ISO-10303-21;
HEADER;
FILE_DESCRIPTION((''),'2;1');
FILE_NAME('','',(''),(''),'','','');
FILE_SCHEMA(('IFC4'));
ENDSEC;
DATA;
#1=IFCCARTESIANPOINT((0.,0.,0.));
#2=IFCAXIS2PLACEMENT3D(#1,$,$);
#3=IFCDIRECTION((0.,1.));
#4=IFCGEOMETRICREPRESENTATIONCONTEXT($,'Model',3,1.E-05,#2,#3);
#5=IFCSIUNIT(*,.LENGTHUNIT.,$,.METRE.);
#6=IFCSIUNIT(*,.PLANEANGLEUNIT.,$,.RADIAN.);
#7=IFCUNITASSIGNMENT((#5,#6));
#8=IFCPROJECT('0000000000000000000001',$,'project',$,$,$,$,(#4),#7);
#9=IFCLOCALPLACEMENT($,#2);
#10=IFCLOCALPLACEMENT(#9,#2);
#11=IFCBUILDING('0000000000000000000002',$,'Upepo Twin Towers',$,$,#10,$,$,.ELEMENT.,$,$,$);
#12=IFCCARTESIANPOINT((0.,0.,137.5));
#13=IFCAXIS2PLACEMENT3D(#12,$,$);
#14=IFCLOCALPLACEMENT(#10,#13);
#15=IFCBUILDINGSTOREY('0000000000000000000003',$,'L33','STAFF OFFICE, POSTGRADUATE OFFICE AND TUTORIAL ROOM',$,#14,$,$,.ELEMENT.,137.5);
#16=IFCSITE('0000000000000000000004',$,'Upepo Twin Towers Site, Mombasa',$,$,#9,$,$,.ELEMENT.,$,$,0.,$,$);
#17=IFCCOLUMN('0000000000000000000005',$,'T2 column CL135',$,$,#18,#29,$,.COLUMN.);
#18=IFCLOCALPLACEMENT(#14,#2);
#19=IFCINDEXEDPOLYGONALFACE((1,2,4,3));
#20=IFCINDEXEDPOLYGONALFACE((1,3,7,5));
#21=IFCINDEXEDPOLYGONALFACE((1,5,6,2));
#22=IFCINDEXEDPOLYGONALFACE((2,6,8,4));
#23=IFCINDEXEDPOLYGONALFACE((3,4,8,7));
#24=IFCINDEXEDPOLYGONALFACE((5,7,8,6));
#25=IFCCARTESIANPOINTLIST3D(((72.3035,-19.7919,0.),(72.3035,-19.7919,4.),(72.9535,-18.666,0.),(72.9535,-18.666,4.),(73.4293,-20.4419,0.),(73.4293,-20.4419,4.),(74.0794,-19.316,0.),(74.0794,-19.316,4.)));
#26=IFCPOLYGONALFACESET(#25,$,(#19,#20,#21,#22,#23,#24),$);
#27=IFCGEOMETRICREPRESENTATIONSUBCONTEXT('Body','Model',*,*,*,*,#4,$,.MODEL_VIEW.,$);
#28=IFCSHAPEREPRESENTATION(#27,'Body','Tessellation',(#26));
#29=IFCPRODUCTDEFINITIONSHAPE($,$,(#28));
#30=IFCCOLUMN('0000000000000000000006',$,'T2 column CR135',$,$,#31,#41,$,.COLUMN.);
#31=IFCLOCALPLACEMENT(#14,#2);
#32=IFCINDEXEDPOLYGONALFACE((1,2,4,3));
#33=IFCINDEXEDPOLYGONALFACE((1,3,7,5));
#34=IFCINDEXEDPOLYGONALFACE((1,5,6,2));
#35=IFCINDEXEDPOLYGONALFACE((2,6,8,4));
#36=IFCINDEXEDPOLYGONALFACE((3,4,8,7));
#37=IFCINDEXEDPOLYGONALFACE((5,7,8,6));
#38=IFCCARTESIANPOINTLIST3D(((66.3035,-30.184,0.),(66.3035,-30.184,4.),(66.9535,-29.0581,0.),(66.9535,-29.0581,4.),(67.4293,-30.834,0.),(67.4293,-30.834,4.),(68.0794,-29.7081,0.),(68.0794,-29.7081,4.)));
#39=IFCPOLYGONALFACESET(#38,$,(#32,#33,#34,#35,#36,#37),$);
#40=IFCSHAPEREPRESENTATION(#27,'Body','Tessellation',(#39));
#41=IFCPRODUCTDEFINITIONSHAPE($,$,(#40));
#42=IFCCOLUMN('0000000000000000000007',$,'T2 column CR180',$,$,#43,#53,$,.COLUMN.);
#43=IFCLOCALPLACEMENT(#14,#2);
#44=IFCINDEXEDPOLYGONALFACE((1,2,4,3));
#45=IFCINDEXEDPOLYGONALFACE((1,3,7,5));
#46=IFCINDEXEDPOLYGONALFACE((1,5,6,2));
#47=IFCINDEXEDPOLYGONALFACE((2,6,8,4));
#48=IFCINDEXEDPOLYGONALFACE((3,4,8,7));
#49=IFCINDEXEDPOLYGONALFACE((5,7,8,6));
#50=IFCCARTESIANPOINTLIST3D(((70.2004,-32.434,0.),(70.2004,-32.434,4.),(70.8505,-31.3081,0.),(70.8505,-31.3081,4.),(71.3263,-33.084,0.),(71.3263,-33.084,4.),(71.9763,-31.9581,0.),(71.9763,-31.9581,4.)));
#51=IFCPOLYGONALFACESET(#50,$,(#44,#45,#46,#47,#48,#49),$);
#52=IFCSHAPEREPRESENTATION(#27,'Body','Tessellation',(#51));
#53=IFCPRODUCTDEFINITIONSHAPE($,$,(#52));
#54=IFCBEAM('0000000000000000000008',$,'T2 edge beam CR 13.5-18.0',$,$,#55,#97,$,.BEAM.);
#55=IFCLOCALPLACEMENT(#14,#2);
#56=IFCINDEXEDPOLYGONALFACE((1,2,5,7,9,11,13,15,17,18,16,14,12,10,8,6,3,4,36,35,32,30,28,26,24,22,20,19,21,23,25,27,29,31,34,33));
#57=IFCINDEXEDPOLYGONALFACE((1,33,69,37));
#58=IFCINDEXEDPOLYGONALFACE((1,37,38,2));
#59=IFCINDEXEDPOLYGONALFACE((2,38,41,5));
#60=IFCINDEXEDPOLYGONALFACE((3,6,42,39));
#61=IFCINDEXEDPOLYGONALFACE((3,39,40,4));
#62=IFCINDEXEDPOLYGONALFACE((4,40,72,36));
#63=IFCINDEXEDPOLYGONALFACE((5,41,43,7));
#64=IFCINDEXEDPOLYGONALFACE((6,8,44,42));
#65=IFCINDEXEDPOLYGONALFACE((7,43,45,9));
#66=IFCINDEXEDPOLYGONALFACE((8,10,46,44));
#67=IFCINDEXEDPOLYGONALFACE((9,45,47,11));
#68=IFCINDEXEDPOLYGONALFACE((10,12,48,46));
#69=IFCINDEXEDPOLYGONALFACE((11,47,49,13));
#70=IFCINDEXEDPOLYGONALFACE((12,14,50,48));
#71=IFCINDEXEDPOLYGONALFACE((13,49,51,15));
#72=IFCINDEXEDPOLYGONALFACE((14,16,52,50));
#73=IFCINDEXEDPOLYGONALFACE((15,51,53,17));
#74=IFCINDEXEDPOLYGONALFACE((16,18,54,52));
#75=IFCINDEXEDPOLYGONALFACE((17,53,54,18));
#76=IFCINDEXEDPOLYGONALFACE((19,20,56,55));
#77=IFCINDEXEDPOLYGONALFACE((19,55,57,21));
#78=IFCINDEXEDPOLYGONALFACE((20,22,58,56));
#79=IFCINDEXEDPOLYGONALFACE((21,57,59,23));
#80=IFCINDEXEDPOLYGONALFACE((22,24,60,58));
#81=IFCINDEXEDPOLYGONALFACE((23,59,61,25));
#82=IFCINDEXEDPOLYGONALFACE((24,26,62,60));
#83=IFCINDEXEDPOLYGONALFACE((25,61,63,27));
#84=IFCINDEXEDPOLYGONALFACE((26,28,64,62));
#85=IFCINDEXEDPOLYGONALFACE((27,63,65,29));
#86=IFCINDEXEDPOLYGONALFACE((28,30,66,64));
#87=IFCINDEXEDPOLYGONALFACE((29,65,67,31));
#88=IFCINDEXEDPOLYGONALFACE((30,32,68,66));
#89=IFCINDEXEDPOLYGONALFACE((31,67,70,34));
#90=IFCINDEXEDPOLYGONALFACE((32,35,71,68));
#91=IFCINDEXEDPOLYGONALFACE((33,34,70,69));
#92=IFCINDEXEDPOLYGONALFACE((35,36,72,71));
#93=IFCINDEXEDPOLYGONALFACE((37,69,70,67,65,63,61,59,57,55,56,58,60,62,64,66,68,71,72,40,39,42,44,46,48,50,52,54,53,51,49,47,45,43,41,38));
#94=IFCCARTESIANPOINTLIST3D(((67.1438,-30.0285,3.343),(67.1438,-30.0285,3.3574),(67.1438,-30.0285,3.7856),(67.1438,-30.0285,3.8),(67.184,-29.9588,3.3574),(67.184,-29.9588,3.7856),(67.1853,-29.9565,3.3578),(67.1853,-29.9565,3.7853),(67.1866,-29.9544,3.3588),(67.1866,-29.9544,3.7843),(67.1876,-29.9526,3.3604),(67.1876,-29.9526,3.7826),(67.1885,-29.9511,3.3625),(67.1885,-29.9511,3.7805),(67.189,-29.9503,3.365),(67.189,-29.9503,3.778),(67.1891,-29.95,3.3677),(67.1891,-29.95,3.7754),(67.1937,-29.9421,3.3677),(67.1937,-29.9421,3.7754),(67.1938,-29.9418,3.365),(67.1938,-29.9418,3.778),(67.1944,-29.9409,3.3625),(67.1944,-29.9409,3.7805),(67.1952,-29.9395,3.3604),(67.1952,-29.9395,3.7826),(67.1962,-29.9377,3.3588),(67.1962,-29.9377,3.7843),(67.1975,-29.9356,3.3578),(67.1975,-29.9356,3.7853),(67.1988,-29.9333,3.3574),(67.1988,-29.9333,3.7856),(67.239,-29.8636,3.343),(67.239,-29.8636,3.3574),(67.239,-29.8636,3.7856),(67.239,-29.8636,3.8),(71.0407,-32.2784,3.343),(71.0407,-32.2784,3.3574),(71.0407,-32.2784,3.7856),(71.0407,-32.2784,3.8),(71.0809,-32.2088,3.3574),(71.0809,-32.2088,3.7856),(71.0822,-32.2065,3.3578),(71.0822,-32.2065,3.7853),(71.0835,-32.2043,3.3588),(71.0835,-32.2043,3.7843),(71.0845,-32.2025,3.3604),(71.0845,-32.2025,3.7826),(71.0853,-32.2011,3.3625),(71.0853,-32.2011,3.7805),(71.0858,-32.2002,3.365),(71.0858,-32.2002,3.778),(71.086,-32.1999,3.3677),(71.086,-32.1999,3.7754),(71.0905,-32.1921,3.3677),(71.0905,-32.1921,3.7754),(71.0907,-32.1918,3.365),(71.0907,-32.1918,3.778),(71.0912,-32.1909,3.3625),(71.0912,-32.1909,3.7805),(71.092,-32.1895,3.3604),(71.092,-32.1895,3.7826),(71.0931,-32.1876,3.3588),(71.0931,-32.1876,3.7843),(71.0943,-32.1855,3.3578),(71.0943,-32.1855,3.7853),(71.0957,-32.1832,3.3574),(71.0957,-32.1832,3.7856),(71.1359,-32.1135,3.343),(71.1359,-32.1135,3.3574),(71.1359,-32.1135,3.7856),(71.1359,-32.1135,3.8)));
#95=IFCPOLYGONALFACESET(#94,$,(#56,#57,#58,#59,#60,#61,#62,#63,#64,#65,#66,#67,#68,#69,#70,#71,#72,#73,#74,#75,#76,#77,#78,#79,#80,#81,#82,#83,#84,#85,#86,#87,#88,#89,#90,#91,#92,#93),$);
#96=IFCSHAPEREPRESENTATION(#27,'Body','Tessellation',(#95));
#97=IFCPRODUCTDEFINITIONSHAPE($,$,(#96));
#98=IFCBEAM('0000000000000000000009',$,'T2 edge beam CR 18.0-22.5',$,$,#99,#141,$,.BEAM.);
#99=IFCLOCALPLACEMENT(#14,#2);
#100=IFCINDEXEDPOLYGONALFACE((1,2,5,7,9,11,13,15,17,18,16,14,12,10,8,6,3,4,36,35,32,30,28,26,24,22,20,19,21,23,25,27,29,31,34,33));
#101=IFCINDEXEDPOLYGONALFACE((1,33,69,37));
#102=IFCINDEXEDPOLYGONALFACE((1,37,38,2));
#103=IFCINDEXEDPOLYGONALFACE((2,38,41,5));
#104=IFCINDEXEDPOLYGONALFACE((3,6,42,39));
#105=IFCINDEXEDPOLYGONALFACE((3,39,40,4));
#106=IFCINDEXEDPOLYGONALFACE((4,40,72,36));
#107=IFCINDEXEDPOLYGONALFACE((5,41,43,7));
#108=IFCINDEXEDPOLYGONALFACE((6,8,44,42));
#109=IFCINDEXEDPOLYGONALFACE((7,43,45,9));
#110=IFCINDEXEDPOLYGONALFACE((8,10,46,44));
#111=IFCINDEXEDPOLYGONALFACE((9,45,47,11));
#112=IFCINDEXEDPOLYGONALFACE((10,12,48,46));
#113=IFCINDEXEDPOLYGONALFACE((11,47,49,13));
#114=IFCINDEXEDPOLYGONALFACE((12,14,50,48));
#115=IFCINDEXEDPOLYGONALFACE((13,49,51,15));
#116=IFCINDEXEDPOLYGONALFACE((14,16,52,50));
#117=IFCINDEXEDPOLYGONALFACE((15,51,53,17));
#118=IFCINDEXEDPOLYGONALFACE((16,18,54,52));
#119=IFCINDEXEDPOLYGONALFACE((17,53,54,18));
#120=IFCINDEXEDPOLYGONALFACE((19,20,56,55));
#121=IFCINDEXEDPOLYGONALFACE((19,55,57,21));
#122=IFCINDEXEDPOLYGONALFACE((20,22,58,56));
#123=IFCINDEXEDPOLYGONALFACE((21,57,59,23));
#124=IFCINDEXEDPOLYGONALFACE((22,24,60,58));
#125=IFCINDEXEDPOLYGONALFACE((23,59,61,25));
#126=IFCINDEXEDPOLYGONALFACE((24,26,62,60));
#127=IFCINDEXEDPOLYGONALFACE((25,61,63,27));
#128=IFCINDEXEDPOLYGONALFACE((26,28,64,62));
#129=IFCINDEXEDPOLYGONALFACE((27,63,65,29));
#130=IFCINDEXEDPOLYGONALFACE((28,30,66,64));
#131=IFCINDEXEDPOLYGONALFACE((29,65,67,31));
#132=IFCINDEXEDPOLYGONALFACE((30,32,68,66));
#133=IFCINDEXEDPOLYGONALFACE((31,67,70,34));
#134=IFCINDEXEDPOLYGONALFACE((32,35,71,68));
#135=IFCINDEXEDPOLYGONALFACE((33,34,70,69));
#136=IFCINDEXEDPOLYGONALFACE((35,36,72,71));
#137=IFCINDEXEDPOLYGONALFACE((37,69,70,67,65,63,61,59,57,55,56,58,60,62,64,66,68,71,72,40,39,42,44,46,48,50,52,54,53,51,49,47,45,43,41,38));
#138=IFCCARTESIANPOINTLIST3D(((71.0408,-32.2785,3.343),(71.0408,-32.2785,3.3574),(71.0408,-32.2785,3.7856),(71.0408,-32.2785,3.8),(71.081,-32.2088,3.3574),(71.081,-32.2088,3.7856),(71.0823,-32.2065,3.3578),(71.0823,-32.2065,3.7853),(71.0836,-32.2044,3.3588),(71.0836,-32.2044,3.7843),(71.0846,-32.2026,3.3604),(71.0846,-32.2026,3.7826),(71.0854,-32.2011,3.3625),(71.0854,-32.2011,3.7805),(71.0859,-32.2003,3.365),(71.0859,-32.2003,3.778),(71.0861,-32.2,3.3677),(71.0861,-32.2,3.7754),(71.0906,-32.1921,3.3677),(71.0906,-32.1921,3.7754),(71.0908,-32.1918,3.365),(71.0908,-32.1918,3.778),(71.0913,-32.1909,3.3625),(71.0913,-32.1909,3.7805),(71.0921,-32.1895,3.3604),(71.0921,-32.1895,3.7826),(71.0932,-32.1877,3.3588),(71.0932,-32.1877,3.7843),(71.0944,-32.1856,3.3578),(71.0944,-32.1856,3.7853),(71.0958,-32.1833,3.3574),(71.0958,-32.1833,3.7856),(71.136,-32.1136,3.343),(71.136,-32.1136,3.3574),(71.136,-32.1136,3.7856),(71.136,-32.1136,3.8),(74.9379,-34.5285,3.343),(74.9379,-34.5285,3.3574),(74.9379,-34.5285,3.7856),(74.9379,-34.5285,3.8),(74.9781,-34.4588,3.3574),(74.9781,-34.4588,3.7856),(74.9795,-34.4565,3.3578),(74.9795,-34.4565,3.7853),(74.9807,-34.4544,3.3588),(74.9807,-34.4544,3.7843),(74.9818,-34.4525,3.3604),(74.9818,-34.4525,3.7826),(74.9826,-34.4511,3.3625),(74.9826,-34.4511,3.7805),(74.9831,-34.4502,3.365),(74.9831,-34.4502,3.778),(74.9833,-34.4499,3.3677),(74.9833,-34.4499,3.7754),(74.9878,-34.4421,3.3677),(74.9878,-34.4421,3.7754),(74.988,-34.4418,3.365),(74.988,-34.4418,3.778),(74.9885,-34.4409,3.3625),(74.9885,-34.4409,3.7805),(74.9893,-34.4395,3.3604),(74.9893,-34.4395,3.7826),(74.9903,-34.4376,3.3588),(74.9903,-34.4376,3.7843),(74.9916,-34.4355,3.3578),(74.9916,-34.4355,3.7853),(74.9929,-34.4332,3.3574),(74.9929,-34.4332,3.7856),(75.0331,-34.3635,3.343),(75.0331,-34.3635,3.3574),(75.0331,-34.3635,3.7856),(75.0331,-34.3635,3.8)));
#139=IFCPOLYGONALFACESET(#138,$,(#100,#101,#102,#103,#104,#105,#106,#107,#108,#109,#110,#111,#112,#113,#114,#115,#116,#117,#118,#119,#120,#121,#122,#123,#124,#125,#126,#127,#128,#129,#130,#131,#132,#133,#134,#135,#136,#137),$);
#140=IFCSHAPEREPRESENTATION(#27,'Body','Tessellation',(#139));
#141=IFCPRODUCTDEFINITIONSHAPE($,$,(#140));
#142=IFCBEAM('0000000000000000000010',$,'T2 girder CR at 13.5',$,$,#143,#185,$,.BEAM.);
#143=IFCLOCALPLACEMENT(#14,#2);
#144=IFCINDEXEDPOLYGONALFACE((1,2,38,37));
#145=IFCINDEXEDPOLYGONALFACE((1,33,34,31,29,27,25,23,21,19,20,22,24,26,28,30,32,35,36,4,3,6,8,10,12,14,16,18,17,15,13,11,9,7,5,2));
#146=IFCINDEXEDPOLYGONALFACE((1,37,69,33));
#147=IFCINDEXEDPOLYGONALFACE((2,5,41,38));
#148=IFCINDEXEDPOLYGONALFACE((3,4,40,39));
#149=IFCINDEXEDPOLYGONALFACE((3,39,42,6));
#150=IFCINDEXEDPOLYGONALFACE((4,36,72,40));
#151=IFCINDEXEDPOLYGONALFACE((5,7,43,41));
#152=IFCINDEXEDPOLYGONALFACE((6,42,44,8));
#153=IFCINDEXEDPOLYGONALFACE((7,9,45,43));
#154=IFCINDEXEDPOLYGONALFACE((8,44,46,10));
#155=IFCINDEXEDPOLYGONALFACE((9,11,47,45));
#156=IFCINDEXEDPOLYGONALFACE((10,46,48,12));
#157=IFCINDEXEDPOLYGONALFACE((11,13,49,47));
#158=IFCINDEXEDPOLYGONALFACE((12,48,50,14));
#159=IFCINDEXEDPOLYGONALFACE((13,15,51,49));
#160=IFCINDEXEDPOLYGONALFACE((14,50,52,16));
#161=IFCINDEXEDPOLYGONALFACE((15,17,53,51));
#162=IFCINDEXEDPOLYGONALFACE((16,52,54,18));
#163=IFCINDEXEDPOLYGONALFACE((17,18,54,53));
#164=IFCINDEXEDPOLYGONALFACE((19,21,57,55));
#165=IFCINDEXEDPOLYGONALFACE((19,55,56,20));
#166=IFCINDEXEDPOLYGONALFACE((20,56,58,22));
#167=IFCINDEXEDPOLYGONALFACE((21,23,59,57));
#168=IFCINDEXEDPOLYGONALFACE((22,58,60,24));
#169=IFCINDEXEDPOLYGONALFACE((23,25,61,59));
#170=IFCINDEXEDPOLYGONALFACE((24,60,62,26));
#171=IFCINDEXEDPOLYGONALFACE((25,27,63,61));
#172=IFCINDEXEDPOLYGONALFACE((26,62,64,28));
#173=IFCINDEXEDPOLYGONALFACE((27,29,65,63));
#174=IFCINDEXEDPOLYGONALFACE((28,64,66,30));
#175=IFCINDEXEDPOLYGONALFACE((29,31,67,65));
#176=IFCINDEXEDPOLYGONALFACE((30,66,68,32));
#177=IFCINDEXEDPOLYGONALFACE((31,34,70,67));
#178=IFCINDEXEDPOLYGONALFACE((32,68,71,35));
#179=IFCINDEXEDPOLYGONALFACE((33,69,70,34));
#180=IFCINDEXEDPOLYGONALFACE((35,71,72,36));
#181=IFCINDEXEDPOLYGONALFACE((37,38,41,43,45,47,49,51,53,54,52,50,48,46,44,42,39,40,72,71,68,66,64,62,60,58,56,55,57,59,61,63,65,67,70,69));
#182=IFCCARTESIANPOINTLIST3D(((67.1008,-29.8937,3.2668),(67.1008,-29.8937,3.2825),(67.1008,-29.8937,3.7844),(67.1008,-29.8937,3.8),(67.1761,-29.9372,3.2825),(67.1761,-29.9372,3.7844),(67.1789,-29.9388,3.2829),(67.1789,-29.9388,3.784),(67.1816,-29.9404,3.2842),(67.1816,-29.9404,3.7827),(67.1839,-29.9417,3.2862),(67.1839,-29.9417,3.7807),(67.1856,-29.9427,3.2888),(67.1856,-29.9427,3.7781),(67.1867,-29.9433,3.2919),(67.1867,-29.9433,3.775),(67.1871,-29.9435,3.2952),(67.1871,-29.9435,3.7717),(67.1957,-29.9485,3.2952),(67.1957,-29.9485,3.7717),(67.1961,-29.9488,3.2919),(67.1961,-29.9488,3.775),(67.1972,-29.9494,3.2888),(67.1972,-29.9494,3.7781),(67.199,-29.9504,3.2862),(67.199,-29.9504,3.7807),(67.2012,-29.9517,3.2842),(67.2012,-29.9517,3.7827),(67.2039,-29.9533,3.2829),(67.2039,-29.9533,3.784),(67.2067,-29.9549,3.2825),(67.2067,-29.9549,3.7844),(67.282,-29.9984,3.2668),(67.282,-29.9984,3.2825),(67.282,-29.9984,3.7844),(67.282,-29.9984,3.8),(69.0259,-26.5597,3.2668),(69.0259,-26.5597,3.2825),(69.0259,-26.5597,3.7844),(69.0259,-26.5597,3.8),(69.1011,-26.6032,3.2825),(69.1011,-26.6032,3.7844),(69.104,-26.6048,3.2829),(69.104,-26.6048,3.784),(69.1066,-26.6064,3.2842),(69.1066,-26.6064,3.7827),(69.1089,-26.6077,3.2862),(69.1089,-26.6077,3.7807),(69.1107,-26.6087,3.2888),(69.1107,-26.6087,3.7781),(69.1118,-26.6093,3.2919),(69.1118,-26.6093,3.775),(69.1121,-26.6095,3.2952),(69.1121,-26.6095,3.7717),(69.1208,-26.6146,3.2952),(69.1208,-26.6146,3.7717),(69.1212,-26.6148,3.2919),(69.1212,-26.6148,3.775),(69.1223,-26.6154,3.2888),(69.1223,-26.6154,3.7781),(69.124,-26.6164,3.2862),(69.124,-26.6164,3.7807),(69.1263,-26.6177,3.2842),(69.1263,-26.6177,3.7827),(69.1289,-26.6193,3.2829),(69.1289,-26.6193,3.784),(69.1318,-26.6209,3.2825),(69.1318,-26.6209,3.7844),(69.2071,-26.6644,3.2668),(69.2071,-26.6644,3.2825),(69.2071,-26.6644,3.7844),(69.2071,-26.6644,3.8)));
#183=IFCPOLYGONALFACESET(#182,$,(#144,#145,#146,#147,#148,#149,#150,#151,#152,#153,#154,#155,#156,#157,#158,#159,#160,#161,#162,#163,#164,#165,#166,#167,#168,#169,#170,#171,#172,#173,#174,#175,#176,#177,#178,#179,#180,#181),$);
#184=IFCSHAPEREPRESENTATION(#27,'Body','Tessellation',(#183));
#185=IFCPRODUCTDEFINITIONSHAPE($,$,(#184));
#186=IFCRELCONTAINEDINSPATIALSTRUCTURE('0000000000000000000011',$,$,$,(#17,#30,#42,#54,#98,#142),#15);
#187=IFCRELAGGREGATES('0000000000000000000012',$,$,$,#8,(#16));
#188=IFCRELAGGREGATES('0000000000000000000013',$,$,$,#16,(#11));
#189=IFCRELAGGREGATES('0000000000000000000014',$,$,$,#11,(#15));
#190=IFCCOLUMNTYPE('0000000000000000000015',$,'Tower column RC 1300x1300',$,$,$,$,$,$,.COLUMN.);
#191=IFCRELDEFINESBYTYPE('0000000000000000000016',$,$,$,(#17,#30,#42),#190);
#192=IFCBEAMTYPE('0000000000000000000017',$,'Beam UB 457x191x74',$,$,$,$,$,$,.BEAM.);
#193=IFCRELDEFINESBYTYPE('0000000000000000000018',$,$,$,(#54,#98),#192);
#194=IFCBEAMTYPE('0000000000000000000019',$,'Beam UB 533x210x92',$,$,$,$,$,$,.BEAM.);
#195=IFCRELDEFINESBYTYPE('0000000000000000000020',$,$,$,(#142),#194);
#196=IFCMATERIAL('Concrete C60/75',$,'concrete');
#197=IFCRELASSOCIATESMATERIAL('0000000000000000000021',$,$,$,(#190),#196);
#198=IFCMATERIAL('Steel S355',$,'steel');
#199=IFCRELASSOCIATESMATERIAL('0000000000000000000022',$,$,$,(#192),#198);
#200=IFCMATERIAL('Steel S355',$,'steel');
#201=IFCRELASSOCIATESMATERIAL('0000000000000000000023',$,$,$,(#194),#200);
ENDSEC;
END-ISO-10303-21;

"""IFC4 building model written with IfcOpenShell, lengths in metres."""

from ifc_helpers import new_model, si_unit, direction, frame, origin, origin_2d, place, context, subcontext, project, spatial, rectangle, i_section, extrude, material, material_profile, profile_set, type_object, element, save


model = new_model("IFC4")

# Units and contexts
model_context = context("Model", 3, precision=1e-05, world=origin(), true_north=direction((0.0, 1.0)))
body_context = subcontext(model_context, "Body", "Model", "MODEL_VIEW")
ifc_project = project(units=[si_unit("LENGTHUNIT", "METRE"), si_unit("PLANEANGLEUNIT", "RADIAN")], contexts=[model_context])

# Site, building, storey
site_placement = place(None, origin())
site = spatial("IfcSite", under=ifc_project, at=site_placement, Name="Upepo Twin Towers Site, Mombasa", CompositionType="ELEMENT", RefElevation=0.0)
building_placement = place(site_placement, origin())
building = spatial("IfcBuilding", under=site, at=building_placement, Name="Upepo Twin Towers", CompositionType="ELEMENT")
storey_placement = place(building_placement, frame((0.0, 0.0, 137.5)))
storey = spatial("IfcBuildingStorey", under=building, at=storey_placement, Name="L33", Description="STAFF OFFICE, POSTGRADUATE OFFICE AND TUTORIAL ROOM", CompositionType="ELEMENT", Elevation=137.5)

# Columns
ifc_material_1 = material(Name="Concrete C60/75", Category="concrete")
ifc_material_profile_1 = material_profile(ifc_material_1, rectangle(XDim=1.3, YDim=1.3, at=origin_2d()), Name="RC 1300x1300")
ifc_profile_set_1 = profile_set([ifc_material_profile_1], Name="Concrete C60/75")
column_type = type_object("IfcColumnType", Name="Tower column RC 1300x1300", PredefinedType="COLUMN", material=ifc_profile_set_1)
for number, where, z_axis, x_axis, name in (
    (1, (73.1914, -19.554, 0.0), (0.0, 0.0, 1.0), (0.5, 0.866025, 0.0), "T2 column CL135"),
    (2, (67.1914, -29.946, 0.0), (0.0, 0.0, 1.0), (0.5, 0.866025, 0.0), "T2 column CR135"),
    (3, (71.0884, -32.196, 0.0), (0.0, 0.0, 1.0), (0.5, 0.866025, 0.0), "T2 column CR180"),
):
    element("IfcColumn", number, at=place(storey_placement, frame(where, z_axis=z_axis, x_axis=x_axis)), inside=storey, type_object=column_type, Name=name, PredefinedType="COLUMN", context=body_context, shape_type="SweptSolid", body=[
        extrude(rectangle(XDim=1.3, YDim=1.3, at=origin_2d()), origin(), (0.0, 0.0, 1.0), 4.0),
    ])

# Beams
ifc_material_2 = material(Name="Steel S355", Category="steel")
ifc_material_profile_2 = material_profile(ifc_material_2, i_section(OverallWidth=0.1904, OverallDepth=0.457, WebThickness=0.009, FlangeThickness=0.0144, FilletRadius=0.0103, at=origin_2d()), Name="UB 457x191x74")
ifc_profile_set_2 = profile_set([ifc_material_profile_2], Name="Steel S355")
beam_type_1 = type_object("IfcBeamType", Name="Beam UB 457x191x74", PredefinedType="BEAM", material=ifc_profile_set_2)
beam_1_placement = place(storey_placement, frame((67.1914, -29.946, 3.5715), z_axis=(0.866018, -0.500014, 0.0), x_axis=(0.500014, 0.866018, 0.0)))
element("IfcBeam", 4, at=beam_1_placement, inside=storey, type_object=beam_type_1, Name="T2 edge beam CR 13.5-18.0", PredefinedType="BEAM", context=body_context, shape_type="SweptSolid", body=[
    extrude(i_section(OverallWidth=0.1904, OverallDepth=0.457, WebThickness=0.009, FlangeThickness=0.0144, FilletRadius=0.0103, at=origin_2d()), origin(), (0.0, 0.0, 1.0), 4.4998),
])
beam_2_placement = place(storey_placement, frame((71.0884, -32.196, 3.5715), z_axis=(0.866031, -0.49999, 0.0), x_axis=(0.49999, 0.866031, 0.0)))
element("IfcBeam", 5, at=beam_2_placement, inside=storey, type_object=beam_type_1, Name="T2 edge beam CR 18.0-22.5", PredefinedType="BEAM", context=body_context, shape_type="SweptSolid", body=[
    extrude(i_section(OverallWidth=0.1904, OverallDepth=0.457, WebThickness=0.009, FlangeThickness=0.0144, FilletRadius=0.0103, at=origin_2d()), origin(), (0.0, 0.0, 1.0), 4.5),
])
ifc_material_3 = material(Name="Steel S355", Category="steel")
ifc_material_profile_3 = material_profile(ifc_material_3, i_section(OverallWidth=0.2092, OverallDepth=0.5332, WebThickness=0.01, FlangeThickness=0.0156, FilletRadius=0.0127, at=origin_2d()), Name="UB 533x210x92")
ifc_profile_set_3 = profile_set([ifc_material_profile_3], Name="Steel S355")
beam_type_2 = type_object("IfcBeamType", Name="Beam UB 533x210x92", PredefinedType="BEAM", material=ifc_profile_set_3)
for number, where, z_axis, x_axis, name in (
    (6, (67.1914, -29.946, 3.5334), (0.500034, 0.866006, 0.0), (-0.866006, 0.500034, 0.0), "T2 girder CR at 13.5"),
):
    element("IfcBeam", number, at=place(storey_placement, frame(where, z_axis=z_axis, x_axis=x_axis)), inside=storey, type_object=beam_type_2, Name=name, PredefinedType="BEAM", context=body_context, shape_type="SweptSolid", body=[
        extrude(i_section(OverallWidth=0.2092, OverallDepth=0.5332, WebThickness=0.01, FlangeThickness=0.0156, FilletRadius=0.0127, at=origin_2d()), origin(), (0.0, 0.0, 1.0), 3.8499),
    ])

save(model, "model.ifc")
